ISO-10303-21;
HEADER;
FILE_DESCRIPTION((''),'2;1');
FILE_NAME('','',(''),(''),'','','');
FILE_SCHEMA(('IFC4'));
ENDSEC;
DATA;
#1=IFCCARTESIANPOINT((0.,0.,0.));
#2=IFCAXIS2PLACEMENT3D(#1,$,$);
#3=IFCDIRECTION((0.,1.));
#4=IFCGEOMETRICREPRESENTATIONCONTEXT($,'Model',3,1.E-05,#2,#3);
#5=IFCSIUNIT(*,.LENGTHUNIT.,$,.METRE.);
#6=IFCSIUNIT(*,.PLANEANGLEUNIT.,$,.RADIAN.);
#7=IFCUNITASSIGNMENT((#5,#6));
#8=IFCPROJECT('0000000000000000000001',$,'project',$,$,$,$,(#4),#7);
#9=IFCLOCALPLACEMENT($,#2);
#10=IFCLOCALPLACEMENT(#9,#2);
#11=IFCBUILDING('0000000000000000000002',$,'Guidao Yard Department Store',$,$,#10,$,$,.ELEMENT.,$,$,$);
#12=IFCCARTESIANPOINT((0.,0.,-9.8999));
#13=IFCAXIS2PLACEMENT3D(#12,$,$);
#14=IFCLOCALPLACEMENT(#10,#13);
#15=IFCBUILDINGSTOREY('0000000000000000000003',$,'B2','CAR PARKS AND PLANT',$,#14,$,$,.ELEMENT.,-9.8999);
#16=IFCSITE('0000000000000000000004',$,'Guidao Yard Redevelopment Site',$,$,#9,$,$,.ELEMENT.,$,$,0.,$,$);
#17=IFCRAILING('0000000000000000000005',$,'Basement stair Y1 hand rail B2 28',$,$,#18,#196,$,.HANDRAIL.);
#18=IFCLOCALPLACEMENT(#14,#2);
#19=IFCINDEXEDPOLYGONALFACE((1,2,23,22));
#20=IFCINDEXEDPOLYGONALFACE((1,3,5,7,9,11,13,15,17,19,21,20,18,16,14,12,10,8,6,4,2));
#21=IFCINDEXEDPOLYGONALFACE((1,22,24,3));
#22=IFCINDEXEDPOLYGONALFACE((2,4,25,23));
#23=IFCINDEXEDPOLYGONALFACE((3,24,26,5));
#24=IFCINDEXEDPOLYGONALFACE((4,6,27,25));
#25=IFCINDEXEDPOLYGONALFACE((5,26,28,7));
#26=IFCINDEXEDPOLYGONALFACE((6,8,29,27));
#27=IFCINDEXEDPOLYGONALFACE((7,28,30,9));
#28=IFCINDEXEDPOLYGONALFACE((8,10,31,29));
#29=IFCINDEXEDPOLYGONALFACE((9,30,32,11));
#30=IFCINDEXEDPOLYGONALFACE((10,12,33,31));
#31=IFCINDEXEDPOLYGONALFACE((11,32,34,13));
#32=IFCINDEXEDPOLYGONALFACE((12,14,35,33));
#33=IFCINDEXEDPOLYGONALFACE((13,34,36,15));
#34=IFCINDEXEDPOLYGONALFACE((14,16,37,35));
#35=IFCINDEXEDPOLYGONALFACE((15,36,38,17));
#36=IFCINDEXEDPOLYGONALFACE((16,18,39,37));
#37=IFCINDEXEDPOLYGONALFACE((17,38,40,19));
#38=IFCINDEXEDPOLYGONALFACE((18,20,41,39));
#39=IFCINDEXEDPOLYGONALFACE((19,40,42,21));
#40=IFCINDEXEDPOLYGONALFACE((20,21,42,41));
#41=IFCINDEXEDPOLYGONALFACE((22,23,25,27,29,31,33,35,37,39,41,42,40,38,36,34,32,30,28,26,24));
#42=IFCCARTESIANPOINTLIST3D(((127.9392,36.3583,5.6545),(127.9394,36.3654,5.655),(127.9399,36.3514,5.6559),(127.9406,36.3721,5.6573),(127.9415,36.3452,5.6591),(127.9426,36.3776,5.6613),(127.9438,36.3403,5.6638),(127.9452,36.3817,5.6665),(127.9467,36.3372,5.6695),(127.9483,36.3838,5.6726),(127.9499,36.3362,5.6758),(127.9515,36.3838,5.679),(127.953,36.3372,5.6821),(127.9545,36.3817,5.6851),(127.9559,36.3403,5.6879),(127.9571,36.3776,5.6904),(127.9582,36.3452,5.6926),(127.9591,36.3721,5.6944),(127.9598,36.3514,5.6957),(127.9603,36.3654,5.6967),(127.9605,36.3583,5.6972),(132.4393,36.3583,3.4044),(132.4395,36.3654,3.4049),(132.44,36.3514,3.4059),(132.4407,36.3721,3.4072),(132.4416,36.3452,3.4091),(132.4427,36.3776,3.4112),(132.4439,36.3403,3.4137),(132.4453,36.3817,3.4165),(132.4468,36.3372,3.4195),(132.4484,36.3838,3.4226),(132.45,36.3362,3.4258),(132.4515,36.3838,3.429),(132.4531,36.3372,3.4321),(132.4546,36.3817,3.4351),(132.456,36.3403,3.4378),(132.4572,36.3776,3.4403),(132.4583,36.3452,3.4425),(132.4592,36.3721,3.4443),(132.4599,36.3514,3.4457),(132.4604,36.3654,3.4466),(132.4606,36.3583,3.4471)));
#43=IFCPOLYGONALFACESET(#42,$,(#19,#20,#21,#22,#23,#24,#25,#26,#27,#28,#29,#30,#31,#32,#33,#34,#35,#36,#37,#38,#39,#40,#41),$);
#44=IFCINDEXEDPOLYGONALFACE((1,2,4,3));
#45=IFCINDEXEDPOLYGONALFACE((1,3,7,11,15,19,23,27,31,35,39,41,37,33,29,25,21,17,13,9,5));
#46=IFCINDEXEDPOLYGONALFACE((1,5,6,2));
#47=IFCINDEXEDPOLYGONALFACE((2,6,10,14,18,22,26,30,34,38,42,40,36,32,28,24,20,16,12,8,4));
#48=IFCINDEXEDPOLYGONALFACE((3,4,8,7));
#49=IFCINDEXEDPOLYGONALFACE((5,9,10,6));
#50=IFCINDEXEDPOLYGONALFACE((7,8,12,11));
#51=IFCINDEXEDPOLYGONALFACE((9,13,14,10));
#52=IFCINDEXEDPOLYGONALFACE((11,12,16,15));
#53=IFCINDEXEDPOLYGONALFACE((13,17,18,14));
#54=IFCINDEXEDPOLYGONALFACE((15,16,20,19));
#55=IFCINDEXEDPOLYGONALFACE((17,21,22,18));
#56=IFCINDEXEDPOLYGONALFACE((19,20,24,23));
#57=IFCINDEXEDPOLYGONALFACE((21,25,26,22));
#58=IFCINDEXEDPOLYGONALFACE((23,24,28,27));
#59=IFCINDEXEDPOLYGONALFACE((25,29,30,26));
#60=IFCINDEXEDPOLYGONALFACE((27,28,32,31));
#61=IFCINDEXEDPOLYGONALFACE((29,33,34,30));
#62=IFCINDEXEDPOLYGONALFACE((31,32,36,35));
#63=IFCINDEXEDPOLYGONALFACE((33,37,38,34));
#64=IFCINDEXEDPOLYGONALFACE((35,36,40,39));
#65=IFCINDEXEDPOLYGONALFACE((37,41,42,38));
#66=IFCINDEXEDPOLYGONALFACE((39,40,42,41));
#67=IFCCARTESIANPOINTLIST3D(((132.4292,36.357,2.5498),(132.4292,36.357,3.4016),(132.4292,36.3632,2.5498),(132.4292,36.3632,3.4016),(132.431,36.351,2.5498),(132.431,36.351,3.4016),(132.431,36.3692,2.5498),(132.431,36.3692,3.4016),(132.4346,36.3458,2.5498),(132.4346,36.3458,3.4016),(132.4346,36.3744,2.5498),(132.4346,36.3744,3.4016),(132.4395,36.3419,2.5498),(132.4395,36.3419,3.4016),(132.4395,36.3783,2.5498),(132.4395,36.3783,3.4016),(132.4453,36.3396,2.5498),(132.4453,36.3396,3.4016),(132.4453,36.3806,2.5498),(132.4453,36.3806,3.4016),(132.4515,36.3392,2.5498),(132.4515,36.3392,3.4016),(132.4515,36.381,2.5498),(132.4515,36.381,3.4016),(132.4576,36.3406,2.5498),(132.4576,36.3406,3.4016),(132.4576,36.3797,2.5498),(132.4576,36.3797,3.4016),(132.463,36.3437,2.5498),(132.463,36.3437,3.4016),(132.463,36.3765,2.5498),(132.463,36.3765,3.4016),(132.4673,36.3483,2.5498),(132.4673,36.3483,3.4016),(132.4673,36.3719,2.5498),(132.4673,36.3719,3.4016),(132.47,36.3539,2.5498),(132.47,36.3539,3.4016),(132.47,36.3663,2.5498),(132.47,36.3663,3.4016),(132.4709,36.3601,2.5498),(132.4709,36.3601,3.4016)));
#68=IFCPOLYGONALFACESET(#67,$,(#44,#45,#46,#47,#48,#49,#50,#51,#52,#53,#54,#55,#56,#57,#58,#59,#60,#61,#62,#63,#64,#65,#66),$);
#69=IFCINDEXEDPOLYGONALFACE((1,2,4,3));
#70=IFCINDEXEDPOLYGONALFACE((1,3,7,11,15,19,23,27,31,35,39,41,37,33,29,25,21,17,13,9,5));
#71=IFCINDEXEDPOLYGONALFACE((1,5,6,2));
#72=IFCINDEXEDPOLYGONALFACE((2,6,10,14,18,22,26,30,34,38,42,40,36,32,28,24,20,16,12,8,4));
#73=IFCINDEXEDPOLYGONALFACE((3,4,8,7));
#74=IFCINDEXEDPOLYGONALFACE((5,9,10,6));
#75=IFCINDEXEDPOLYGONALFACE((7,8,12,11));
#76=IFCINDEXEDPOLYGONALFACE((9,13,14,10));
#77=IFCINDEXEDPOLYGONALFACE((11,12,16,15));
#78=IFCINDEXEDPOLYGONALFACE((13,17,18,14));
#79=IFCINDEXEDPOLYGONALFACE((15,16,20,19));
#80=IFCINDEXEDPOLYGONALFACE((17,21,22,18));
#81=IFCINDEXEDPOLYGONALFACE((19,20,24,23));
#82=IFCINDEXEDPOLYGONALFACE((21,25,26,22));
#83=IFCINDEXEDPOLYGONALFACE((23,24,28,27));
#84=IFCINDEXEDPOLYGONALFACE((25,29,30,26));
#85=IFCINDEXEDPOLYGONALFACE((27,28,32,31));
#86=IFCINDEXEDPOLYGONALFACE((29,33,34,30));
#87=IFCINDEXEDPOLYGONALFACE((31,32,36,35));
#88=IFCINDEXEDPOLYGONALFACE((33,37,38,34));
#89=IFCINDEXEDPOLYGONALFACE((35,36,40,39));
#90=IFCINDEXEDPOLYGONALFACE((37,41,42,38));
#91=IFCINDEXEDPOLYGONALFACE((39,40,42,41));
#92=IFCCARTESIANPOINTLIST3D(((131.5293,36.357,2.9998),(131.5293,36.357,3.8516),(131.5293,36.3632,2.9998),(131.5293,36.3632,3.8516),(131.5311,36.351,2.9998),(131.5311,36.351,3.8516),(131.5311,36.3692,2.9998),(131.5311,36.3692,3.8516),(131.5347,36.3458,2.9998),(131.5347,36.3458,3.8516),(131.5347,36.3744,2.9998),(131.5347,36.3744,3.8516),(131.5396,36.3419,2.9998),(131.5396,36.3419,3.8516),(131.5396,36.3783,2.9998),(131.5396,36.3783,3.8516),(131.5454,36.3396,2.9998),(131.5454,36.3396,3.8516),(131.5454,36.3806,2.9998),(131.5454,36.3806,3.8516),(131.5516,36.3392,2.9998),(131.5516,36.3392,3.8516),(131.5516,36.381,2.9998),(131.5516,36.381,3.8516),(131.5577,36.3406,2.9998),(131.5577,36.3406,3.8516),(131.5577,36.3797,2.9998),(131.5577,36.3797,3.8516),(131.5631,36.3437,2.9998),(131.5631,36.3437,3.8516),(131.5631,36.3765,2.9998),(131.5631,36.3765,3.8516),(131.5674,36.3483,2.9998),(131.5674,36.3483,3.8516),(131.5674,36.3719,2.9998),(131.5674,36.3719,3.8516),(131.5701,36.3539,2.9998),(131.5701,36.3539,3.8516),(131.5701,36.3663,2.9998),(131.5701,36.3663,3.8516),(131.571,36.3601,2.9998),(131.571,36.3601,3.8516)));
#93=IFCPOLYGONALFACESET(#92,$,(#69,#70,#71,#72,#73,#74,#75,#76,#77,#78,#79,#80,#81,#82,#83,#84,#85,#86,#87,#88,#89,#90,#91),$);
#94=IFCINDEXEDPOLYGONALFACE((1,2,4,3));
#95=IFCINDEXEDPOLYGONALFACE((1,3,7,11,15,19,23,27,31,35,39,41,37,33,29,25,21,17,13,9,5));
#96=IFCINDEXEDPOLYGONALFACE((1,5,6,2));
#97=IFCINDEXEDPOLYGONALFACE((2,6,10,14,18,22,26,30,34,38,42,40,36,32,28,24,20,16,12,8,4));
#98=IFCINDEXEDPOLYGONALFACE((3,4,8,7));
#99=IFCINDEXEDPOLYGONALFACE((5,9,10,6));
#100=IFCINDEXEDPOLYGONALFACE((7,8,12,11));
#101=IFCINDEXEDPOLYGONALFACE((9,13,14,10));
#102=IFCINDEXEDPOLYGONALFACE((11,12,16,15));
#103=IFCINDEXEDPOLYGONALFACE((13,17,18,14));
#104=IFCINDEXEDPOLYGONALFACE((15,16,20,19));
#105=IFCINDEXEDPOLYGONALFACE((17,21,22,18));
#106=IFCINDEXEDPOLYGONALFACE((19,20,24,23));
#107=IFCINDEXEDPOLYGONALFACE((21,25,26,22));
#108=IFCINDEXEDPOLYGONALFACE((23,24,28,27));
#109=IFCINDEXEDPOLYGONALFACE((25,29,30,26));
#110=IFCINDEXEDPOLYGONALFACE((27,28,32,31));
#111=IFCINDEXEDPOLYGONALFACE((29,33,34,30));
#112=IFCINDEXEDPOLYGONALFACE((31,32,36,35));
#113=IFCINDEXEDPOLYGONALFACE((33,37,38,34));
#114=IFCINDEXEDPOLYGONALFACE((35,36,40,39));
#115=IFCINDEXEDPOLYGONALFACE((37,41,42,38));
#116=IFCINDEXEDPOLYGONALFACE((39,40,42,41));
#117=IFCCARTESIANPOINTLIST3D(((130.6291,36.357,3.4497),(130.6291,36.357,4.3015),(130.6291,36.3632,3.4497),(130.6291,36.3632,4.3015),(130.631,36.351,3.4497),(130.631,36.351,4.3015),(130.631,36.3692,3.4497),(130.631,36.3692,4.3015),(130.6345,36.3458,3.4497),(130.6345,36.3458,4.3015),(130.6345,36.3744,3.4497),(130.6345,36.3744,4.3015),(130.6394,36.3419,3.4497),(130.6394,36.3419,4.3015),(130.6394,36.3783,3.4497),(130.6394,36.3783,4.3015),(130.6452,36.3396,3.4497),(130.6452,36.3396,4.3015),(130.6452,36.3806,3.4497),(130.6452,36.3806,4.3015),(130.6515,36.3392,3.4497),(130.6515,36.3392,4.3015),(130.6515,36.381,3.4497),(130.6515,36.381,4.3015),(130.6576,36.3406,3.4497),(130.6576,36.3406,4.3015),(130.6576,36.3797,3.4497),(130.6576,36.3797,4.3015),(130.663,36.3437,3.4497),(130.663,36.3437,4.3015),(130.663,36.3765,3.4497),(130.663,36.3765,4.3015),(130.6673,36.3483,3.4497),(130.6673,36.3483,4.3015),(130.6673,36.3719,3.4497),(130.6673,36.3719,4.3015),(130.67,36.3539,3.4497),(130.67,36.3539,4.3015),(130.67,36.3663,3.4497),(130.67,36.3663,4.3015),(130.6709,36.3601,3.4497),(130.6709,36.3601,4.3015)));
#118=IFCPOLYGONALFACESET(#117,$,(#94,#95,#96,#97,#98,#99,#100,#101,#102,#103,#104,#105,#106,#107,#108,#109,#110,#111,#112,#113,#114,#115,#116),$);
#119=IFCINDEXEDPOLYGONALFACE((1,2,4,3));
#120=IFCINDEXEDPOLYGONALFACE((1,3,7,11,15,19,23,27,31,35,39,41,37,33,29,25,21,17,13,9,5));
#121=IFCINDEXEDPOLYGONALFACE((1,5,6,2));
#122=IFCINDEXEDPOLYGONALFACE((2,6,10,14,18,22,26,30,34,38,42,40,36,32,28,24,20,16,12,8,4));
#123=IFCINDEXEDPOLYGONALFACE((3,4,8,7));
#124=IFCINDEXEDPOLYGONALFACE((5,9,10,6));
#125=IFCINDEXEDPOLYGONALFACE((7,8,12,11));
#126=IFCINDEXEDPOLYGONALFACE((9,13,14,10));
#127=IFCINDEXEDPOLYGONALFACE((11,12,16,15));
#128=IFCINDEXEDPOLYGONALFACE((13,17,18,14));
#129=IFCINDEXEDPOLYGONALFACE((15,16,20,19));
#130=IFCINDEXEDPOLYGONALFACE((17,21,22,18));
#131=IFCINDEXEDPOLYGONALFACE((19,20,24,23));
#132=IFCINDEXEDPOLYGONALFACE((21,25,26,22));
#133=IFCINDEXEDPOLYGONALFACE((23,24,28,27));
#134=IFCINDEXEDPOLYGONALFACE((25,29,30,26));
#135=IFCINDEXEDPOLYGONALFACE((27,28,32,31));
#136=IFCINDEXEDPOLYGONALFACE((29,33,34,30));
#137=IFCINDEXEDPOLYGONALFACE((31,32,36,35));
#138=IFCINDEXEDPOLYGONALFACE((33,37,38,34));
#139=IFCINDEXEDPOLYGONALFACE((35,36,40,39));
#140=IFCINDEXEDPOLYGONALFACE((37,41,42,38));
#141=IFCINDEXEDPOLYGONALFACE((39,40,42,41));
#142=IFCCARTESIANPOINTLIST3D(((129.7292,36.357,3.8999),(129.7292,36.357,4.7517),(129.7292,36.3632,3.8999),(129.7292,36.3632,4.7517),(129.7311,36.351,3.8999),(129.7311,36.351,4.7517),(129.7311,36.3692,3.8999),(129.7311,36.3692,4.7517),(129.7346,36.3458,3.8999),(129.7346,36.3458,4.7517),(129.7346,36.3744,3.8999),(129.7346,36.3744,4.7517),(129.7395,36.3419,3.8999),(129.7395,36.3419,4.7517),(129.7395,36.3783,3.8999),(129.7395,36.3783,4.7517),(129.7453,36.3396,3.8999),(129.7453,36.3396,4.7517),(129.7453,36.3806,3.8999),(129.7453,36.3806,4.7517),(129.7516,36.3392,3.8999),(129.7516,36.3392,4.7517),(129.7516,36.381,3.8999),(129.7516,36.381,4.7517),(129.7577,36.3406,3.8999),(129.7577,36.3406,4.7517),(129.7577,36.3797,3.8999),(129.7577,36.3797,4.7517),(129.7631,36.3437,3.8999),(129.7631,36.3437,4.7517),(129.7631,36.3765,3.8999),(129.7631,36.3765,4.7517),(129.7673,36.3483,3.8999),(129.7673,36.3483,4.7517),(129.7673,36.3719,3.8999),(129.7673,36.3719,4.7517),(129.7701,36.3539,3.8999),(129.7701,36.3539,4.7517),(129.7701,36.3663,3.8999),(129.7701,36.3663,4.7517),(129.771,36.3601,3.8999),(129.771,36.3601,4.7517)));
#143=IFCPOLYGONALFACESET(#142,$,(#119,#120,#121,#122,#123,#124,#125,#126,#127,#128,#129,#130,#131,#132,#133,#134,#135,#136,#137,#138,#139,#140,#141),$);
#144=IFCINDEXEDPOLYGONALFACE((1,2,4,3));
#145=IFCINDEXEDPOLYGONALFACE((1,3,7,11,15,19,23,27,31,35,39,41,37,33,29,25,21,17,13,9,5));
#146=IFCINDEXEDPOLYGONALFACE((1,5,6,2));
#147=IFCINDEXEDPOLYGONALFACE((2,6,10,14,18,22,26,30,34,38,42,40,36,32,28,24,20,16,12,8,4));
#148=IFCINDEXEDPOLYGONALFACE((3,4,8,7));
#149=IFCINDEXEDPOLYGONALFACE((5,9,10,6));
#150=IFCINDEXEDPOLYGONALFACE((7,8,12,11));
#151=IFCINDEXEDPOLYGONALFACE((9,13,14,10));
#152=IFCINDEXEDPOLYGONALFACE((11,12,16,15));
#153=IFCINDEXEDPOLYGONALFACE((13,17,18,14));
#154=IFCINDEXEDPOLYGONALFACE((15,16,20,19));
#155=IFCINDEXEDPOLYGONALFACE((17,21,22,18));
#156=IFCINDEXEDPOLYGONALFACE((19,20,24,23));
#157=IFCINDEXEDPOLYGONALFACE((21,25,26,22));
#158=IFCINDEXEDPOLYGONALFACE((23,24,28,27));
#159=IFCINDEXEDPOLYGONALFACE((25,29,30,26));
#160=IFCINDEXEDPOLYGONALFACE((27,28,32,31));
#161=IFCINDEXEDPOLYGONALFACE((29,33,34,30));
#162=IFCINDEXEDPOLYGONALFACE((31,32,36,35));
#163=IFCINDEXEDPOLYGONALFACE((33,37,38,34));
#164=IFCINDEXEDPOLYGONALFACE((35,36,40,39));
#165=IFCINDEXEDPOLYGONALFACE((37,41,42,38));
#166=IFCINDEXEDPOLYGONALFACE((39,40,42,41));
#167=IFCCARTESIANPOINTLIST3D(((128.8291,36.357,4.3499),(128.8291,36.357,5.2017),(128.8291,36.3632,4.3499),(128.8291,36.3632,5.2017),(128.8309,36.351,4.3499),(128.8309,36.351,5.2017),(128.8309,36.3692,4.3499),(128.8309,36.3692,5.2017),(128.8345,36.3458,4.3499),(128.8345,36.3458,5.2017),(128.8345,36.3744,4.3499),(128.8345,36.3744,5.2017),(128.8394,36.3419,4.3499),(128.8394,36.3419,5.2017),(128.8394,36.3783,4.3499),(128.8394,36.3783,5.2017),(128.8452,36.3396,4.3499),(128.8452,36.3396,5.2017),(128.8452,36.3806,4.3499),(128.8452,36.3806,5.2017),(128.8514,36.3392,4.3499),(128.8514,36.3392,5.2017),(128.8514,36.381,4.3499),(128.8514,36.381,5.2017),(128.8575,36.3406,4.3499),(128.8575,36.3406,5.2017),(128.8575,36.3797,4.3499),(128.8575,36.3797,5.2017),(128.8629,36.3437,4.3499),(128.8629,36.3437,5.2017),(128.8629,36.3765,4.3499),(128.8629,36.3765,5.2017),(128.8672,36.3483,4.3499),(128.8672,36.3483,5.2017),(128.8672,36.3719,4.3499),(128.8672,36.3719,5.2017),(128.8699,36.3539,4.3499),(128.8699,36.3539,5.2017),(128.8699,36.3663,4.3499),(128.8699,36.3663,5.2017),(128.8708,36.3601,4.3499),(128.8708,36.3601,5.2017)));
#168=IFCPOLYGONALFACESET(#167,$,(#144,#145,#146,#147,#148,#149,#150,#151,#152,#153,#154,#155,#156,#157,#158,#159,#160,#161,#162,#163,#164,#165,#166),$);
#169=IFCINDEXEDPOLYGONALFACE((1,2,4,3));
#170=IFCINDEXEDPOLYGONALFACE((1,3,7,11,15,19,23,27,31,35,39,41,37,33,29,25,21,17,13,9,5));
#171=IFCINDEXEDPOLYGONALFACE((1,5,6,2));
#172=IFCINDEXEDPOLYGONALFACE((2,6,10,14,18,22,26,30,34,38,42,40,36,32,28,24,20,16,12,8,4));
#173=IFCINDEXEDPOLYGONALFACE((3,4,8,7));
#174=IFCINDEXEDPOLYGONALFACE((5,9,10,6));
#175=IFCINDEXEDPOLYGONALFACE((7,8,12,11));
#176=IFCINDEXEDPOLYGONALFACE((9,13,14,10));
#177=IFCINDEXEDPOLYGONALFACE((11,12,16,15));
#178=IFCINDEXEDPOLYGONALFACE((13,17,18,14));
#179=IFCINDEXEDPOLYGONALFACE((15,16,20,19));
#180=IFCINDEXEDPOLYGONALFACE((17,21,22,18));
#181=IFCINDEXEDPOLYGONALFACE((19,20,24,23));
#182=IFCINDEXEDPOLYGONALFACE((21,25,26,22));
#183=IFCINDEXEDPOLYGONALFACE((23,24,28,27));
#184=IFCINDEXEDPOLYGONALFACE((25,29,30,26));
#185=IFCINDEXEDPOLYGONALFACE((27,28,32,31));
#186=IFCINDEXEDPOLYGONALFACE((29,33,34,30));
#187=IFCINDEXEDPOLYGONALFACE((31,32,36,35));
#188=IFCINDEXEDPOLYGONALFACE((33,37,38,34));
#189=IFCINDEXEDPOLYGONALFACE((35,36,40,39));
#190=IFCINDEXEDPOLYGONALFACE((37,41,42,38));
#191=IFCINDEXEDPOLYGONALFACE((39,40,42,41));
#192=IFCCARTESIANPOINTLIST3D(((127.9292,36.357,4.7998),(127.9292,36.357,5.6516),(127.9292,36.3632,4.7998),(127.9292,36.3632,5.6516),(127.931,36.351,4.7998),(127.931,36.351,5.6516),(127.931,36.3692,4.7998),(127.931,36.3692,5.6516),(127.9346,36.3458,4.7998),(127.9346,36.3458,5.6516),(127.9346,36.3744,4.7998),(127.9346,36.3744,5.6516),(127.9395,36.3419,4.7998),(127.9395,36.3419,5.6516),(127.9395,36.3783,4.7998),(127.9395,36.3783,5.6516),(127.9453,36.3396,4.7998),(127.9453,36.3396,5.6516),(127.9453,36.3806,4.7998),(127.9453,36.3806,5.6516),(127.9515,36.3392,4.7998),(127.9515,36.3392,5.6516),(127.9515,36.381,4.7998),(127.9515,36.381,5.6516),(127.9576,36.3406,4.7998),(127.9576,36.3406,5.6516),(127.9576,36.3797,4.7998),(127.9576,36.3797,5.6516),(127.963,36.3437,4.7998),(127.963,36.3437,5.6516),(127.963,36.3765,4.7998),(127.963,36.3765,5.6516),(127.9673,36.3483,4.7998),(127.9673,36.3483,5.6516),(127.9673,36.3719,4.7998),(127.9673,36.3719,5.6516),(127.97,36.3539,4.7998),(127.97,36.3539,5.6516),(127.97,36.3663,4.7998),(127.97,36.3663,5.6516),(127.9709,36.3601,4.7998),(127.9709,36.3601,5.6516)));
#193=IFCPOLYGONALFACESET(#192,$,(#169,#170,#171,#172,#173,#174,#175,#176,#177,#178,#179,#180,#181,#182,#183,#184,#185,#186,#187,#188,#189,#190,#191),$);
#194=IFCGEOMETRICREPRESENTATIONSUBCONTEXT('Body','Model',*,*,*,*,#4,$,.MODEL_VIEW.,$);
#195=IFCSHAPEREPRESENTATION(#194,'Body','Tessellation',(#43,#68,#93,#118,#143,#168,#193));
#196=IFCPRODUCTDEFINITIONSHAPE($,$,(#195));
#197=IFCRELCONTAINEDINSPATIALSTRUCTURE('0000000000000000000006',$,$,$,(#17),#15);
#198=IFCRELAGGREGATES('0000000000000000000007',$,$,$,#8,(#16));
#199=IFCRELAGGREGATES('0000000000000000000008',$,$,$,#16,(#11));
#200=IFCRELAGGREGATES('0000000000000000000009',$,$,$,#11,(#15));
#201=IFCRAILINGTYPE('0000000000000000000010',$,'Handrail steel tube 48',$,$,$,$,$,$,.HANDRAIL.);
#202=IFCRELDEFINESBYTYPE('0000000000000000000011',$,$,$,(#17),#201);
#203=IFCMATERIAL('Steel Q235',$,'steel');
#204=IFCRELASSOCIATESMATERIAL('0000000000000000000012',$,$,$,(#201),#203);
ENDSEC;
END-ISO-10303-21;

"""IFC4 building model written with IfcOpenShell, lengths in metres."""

from ifc_helpers import new_model, si_unit, direction, frame, origin, origin_2d, place, context, subcontext, project, spatial, circle, extrude, material, type_object, element, save


model = new_model("IFC4")

# Units and contexts
model_context = context("Model", 3, precision=1e-05, world=origin(), true_north=direction((0.0, 1.0)))
body_context = subcontext(model_context, "Body", "Model", "MODEL_VIEW")
ifc_project = project(units=[si_unit("LENGTHUNIT", "METRE"), si_unit("PLANEANGLEUNIT", "RADIAN")], contexts=[model_context])

# Site, building, storey
site_placement = place(None, origin())
site = spatial("IfcSite", under=ifc_project, at=site_placement, Name="Guidao Yard Redevelopment Site", CompositionType="ELEMENT", RefElevation=0.0)
building_placement = place(site_placement, origin())
building = spatial("IfcBuilding", under=site, at=building_placement, Name="Guidao Yard Department Store", CompositionType="ELEMENT")
storey_placement = place(building_placement, frame((0.0, 0.0, -9.8999)))
storey = spatial("IfcBuildingStorey", under=building, at=storey_placement, Name="B2", Description="CAR PARKS AND PLANT", CompositionType="ELEMENT", Elevation=-9.8999)

# Railing
ifc_material_1 = material(Name="Steel Q235", Category="steel")
railing_type_1 = type_object("IfcRailingType", Name="Handrail steel tube 48", PredefinedType="HANDRAIL", material=ifc_material_1)
for number, where, name in (
    (1, (132.45, 36.3601, 2.5498), "Basement stair Y1 hand rail B2 28"),
):
    element("IfcRailing", number, at=place(storey_placement, frame(where)), inside=storey, type_object=railing_type_1, Name=name, PredefinedType="HANDRAIL", context=body_context, shape_type="SweptSolid", body=[
        extrude(circle(Radius=0.0239, at=origin_2d()), frame((0.0, 0.0, 0.876), z_axis=(-0.894427, 0.0, 0.447214), x_axis=(0.0, -1.0, 0.0)), (0.0, 0.0, 1.0), 5.0312),
        extrude(circle(Radius=0.021, at=origin_2d()), origin(), (0.0, 0.0, 1.0), 0.8518),
        extrude(circle(Radius=0.021, at=origin_2d()), frame((-0.8999, 0.0, 0.45)), (0.0, 0.0, 1.0), 0.8518),
        extrude(circle(Radius=0.021, at=origin_2d()), frame((-1.8, 0.0, 0.8999)), (0.0, 0.0, 1.0), 0.8518),
        extrude(circle(Radius=0.021, at=origin_2d()), frame((-2.7, 0.0, 1.3501)), (0.0, 0.0, 1.0), 0.8518),
        extrude(circle(Radius=0.021, at=origin_2d()), frame((-3.6001, 0.0, 1.8)), (0.0, 0.0, 1.0), 0.8518),
        extrude(circle(Radius=0.021, at=origin_2d()), frame((-4.5, 0.0, 2.25)), (0.0, 0.0, 1.0), 0.8518),
    ])

save(model, "model.ifc")
